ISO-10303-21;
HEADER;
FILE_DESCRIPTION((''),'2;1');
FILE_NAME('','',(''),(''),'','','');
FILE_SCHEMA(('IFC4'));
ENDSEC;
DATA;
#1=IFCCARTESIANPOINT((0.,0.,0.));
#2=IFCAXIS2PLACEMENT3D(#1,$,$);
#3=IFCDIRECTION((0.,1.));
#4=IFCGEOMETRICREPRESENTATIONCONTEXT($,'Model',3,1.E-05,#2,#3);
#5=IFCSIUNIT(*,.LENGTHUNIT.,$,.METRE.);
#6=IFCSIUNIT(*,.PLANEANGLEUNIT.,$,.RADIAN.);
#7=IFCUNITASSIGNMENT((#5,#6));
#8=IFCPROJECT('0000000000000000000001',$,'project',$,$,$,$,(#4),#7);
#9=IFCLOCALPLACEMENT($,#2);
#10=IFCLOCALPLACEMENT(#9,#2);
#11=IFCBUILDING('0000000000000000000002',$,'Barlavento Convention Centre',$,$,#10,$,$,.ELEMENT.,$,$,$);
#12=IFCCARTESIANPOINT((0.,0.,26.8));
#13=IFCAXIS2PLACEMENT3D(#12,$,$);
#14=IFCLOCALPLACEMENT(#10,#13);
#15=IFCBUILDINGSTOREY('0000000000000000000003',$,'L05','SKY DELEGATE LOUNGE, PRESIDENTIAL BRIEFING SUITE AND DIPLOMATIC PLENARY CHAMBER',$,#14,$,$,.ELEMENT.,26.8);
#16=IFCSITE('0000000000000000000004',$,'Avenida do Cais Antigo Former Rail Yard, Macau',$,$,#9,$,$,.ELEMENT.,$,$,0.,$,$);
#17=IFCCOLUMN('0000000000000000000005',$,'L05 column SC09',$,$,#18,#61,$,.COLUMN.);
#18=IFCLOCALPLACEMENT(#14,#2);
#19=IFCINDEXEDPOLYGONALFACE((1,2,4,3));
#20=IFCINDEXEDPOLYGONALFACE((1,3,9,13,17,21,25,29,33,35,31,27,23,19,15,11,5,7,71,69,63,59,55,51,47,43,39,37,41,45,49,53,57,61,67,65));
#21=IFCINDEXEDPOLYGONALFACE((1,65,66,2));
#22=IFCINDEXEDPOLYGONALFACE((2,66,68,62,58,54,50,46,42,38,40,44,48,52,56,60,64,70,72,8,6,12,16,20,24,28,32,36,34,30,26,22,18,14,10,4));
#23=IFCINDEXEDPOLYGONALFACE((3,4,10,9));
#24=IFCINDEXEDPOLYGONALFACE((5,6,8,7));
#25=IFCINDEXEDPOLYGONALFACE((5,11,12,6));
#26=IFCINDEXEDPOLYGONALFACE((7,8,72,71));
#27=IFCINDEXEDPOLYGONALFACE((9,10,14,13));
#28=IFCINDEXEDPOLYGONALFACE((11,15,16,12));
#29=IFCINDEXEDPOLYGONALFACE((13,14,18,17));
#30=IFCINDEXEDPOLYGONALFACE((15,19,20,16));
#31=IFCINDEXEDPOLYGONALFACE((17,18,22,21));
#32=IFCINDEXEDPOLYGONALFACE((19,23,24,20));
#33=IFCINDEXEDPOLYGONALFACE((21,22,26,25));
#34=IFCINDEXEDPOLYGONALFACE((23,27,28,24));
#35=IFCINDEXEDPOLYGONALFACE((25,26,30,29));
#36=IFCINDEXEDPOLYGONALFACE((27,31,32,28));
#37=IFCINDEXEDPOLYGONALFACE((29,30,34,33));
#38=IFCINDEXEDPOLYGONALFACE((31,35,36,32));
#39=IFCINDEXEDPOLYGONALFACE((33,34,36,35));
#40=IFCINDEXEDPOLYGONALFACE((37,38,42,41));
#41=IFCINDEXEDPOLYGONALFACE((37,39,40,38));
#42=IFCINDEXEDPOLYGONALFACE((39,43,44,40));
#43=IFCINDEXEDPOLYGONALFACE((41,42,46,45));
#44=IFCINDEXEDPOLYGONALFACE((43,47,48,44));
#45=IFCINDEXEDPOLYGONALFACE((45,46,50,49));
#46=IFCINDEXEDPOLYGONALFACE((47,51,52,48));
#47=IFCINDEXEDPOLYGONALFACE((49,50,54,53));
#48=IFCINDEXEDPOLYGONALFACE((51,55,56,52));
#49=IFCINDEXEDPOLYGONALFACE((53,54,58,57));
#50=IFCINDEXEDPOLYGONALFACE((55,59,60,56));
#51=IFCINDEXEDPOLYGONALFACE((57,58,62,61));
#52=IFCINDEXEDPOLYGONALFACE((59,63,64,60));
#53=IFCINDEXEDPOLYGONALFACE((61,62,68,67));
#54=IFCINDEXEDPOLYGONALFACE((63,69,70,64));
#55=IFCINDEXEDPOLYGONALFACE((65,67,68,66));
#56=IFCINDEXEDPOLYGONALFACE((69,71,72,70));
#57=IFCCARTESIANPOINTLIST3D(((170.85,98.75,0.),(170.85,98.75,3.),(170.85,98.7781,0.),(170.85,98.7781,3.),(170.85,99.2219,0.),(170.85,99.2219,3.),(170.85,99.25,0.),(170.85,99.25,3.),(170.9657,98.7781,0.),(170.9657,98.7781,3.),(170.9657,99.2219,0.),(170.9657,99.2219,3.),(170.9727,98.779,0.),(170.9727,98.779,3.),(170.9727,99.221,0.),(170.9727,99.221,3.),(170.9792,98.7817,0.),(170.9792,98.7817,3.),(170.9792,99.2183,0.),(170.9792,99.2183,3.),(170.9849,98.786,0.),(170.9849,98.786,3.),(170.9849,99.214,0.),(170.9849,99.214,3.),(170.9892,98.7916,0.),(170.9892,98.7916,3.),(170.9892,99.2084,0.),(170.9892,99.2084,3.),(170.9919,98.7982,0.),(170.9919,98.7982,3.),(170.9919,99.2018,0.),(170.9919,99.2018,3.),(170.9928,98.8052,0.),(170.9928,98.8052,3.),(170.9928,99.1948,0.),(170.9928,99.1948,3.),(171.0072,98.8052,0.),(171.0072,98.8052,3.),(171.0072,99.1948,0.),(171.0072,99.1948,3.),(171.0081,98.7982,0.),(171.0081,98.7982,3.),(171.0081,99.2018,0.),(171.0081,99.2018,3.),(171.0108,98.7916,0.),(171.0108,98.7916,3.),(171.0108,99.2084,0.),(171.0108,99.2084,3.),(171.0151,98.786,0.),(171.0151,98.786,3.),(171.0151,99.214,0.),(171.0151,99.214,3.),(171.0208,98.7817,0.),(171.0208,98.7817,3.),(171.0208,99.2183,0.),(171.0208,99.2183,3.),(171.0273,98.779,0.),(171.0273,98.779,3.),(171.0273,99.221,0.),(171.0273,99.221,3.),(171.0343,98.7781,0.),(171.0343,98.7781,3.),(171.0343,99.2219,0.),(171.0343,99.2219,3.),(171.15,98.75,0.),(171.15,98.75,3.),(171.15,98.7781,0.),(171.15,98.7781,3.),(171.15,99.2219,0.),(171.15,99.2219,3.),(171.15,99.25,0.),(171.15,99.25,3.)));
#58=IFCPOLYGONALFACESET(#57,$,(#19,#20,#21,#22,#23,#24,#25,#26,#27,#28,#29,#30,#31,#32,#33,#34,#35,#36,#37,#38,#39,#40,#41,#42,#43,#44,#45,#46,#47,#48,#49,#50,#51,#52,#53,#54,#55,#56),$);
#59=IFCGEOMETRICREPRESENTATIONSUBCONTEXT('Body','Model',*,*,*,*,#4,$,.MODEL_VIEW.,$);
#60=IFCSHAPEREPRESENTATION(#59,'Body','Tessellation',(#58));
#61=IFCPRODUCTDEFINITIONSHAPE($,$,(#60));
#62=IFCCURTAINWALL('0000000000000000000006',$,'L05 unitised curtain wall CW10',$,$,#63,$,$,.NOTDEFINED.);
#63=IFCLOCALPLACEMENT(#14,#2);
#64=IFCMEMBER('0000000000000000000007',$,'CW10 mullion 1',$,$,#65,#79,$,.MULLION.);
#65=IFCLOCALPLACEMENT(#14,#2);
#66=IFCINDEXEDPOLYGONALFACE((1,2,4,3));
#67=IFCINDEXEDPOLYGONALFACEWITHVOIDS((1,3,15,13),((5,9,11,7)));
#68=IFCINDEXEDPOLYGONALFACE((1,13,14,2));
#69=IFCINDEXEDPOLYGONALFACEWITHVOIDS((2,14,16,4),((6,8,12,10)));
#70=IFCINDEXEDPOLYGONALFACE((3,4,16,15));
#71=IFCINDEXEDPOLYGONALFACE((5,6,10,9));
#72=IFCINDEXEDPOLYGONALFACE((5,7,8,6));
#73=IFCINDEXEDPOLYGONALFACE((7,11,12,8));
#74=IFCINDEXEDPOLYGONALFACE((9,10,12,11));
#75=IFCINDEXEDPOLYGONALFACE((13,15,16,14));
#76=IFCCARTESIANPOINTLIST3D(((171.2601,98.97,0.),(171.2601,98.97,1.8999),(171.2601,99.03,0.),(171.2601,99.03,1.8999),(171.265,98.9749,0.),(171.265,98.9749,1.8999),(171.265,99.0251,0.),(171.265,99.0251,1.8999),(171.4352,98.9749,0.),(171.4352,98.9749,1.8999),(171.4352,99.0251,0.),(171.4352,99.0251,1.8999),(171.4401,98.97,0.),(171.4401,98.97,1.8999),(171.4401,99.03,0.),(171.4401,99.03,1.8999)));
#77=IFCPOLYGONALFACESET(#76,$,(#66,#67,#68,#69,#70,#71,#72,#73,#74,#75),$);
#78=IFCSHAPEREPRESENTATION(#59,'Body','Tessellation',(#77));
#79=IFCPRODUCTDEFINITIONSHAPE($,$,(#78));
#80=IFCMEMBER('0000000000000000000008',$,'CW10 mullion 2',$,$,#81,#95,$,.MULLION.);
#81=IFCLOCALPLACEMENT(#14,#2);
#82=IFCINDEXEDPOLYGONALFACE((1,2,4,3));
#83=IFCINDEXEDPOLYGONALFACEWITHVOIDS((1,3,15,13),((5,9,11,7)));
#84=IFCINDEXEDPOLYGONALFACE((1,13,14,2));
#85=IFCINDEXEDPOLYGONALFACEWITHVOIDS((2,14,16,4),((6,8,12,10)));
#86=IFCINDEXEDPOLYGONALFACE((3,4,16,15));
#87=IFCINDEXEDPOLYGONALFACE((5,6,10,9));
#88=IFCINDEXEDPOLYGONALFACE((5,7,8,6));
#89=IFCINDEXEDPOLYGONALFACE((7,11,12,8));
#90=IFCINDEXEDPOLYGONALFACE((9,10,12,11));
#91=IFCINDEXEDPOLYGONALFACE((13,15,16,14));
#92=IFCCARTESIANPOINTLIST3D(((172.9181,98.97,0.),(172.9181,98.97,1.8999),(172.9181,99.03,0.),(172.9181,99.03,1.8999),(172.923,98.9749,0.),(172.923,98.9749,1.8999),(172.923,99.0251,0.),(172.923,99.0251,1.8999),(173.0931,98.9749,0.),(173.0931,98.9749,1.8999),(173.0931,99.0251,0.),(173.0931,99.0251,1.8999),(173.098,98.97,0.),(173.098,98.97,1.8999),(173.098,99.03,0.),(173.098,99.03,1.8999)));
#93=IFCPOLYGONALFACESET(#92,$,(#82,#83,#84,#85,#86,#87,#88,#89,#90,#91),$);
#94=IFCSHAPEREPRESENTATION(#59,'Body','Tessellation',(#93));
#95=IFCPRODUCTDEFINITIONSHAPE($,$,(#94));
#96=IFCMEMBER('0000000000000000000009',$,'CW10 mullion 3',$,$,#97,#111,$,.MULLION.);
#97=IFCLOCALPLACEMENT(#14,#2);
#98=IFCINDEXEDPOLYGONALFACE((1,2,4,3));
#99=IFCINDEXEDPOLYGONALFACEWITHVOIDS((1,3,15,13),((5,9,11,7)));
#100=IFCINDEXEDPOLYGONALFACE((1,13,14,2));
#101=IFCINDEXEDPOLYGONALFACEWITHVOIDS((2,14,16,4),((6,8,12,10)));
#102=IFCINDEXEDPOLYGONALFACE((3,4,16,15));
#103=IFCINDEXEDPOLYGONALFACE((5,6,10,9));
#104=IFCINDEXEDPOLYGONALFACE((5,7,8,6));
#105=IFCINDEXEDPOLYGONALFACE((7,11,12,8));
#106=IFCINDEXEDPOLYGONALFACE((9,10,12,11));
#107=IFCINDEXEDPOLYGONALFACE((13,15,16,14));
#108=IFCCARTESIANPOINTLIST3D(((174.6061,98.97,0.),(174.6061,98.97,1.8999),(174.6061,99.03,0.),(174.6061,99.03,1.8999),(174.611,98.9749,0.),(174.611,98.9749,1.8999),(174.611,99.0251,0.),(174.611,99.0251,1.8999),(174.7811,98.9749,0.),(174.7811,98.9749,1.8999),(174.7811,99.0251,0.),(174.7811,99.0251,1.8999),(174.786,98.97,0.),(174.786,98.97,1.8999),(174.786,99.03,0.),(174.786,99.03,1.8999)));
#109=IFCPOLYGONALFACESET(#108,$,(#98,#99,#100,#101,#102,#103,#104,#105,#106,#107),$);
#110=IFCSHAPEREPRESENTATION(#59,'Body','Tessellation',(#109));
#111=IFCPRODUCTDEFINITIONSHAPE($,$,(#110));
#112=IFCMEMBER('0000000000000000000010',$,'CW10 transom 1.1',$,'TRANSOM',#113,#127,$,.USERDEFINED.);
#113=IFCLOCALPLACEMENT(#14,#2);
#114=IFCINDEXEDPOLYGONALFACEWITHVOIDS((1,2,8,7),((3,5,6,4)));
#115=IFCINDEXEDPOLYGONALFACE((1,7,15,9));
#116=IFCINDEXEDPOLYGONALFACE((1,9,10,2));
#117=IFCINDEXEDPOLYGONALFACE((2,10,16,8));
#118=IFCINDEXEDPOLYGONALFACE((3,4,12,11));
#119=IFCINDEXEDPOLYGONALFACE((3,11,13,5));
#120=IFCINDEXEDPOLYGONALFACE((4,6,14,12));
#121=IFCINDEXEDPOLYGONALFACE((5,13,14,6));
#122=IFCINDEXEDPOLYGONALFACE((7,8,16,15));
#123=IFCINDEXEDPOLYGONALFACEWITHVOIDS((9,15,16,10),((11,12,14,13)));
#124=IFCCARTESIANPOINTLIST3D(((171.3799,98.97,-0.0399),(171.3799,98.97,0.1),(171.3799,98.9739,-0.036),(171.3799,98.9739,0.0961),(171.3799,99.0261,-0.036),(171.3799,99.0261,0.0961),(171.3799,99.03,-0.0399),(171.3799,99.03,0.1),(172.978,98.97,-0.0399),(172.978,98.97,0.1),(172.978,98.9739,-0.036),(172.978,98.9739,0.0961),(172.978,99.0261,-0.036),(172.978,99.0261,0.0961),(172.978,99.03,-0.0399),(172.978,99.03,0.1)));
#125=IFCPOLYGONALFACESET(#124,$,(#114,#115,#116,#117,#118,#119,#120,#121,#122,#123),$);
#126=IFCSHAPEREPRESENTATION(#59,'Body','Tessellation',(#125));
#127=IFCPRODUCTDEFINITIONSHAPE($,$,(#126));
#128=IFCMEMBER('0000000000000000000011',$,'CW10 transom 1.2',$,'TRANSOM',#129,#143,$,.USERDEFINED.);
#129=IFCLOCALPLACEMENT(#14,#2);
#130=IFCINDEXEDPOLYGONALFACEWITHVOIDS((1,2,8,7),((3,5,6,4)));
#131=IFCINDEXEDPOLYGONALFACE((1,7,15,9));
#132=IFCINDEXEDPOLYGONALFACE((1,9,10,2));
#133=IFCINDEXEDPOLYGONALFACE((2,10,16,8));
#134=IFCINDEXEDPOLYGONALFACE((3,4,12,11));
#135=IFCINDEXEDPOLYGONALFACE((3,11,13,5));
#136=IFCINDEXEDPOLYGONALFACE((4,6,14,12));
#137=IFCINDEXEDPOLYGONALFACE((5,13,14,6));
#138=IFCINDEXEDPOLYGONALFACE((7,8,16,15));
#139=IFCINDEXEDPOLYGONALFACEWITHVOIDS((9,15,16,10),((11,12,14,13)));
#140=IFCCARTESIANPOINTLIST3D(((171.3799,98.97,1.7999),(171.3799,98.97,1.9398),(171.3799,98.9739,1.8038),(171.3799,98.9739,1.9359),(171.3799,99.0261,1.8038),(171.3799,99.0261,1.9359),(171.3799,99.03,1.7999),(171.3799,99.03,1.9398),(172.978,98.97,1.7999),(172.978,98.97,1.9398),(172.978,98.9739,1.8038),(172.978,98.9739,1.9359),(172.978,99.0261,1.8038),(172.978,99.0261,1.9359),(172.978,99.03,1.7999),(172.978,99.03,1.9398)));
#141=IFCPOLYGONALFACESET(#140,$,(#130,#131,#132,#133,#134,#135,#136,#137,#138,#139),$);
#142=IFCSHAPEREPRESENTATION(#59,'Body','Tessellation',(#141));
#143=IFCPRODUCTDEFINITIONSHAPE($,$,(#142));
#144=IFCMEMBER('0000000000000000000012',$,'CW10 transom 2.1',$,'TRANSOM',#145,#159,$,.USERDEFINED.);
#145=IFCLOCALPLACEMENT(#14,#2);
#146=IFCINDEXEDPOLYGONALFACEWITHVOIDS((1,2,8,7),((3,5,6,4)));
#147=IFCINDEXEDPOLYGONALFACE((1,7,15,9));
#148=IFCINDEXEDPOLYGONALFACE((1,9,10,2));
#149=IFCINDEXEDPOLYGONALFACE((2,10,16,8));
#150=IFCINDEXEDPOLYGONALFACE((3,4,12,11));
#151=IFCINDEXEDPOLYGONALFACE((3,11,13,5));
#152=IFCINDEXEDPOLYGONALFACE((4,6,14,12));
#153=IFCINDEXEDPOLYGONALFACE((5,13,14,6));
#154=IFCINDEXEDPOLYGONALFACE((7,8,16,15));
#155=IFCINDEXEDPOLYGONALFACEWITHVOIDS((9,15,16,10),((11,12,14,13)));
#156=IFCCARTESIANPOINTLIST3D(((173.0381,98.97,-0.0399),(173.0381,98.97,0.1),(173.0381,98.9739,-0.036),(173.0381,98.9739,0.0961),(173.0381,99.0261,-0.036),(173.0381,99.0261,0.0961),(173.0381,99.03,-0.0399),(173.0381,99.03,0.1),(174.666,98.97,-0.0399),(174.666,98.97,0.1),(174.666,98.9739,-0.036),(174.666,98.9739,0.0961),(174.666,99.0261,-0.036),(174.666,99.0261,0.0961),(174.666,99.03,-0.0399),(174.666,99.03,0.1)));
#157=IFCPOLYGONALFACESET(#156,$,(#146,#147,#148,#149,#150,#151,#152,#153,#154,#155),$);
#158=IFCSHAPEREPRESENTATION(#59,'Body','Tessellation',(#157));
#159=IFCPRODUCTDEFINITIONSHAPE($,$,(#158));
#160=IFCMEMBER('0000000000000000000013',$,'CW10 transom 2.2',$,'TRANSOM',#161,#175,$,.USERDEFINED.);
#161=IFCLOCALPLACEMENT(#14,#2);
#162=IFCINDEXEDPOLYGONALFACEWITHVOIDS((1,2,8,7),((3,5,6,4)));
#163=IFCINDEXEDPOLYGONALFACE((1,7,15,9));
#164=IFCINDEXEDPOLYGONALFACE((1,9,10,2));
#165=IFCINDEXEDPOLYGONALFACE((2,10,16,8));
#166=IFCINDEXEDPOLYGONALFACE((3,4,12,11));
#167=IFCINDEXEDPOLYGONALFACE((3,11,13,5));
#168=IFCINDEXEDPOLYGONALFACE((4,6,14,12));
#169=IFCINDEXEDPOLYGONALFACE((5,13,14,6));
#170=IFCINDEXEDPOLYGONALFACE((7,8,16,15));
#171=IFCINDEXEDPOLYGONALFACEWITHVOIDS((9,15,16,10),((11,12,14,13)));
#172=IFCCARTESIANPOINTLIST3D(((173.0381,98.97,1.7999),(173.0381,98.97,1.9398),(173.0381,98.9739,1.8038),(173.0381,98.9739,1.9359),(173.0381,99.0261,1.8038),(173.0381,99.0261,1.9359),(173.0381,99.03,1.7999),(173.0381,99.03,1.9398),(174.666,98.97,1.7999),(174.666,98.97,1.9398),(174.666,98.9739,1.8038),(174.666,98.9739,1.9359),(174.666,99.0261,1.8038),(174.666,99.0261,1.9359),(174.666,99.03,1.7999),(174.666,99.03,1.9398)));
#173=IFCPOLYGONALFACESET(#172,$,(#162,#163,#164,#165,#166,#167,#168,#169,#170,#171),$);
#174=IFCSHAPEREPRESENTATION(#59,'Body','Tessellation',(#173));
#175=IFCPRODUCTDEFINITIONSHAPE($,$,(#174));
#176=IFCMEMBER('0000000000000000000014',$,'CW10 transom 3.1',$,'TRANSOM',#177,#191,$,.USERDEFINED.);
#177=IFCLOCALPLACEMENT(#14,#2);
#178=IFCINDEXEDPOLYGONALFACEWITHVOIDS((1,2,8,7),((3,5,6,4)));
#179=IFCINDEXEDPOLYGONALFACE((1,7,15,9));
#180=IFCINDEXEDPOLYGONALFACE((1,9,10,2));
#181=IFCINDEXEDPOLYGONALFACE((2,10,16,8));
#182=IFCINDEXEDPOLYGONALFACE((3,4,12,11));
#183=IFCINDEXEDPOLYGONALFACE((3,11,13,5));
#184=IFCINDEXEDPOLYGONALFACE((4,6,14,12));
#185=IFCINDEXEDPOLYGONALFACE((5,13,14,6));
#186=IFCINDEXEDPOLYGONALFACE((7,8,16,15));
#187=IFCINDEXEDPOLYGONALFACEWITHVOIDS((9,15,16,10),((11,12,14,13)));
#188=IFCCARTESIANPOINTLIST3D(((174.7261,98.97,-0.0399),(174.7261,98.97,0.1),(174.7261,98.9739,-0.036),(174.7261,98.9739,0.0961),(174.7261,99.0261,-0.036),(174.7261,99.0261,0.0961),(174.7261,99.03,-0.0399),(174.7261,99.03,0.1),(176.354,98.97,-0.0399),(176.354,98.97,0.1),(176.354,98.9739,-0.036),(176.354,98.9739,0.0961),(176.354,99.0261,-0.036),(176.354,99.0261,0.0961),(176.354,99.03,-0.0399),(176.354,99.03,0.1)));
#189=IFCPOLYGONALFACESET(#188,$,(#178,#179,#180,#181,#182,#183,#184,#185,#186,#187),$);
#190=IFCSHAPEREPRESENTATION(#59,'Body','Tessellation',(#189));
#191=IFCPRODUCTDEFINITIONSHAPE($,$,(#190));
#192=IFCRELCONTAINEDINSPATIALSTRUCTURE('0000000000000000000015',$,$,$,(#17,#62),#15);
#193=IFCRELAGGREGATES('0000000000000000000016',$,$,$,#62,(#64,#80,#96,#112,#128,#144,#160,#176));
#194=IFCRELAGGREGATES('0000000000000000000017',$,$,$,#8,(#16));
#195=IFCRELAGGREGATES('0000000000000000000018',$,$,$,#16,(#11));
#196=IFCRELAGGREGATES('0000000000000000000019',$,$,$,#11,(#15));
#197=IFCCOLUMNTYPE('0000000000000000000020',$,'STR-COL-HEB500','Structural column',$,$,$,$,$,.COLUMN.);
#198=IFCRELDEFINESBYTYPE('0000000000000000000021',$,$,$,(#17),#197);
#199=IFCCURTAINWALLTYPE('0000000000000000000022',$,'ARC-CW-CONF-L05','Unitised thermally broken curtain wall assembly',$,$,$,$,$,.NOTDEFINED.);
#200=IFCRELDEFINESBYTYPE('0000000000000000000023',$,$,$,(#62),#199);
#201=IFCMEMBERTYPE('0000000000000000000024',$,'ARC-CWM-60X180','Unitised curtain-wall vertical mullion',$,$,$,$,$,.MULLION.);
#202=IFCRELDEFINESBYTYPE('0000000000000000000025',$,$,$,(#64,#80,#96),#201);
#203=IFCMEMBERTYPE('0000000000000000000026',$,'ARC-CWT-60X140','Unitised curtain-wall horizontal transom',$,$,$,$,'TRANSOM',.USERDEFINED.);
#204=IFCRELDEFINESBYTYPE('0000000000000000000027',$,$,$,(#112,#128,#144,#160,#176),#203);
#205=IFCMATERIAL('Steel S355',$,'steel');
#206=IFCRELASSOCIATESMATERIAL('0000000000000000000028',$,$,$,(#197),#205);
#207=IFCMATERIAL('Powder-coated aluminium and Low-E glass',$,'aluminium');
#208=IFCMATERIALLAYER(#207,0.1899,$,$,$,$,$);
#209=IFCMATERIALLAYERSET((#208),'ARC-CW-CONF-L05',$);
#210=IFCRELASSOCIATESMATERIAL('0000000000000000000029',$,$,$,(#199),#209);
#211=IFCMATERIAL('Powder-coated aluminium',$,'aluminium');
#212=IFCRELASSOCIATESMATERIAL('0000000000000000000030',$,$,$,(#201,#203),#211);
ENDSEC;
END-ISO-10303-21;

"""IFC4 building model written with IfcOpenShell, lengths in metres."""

from ifc_helpers import new_model, si_unit, direction, frame, origin, origin_2d, place, context, subcontext, project, spatial, hollow_rectangle, i_section, extrude, material, layer, layer_set, material_profile, profile_set, type_object, element, aggregate, save


model = new_model("IFC4")

# Units and contexts
model_context = context("Model", 3, precision=1e-05, world=origin(), true_north=direction((0.0, 1.0)))
body_context = subcontext(model_context, "Body", "Model", "MODEL_VIEW")
ifc_project = project(units=[si_unit("LENGTHUNIT", "METRE"), si_unit("PLANEANGLEUNIT", "RADIAN")], contexts=[model_context])

# Site, building, storey
site_placement = place(None, origin())
site = spatial("IfcSite", under=ifc_project, at=site_placement, Name="Avenida do Cais Antigo Former Rail Yard, Macau", CompositionType="ELEMENT", RefElevation=0.0)
building_placement = place(site_placement, origin())
building = spatial("IfcBuilding", under=site, at=building_placement, Name="Barlavento Convention Centre", CompositionType="ELEMENT")
storey_placement = place(building_placement, frame((0.0, 0.0, 26.8)))
storey = spatial("IfcBuildingStorey", under=building, at=storey_placement, Name="L05", Description="SKY DELEGATE LOUNGE, PRESIDENTIAL BRIEFING SUITE AND DIPLOMATIC PLENARY CHAMBER", CompositionType="ELEMENT", Elevation=26.8)

# Column
ifc_material_1 = material(Name="Steel S355", Category="steel")
ifc_material_profile_1 = material_profile(ifc_material_1, i_section(OverallWidth=0.3, OverallDepth=0.5, WebThickness=0.0144, FlangeThickness=0.0281, FilletRadius=0.0271, at=origin_2d()), Name="HEB 500")
ifc_profile_set_1 = profile_set([ifc_material_profile_1], Name="Steel S355")
column_type = type_object("IfcColumnType", Name="STR-COL-HEB500", Description="Structural column", PredefinedType="COLUMN", material=ifc_profile_set_1)
column_placement = place(storey_placement, frame((171.0, 99.0, 0.0), z_axis=(0.0, 0.0, 1.0), x_axis=(1.0, 0.0, 0.0)))
element("IfcColumn", 1, at=column_placement, inside=storey, type_object=column_type, Name="L05 column SC09", PredefinedType="COLUMN", context=body_context, shape_type="SweptSolid", body=[
    extrude(i_section(OverallWidth=0.3, OverallDepth=0.5, WebThickness=0.0144, FlangeThickness=0.0281, FilletRadius=0.0271, at=origin_2d()), origin(), (0.0, 0.0, 1.0), 3.0),
])

# Curtain wall, members
ifc_material_2 = material(Name="Powder-coated aluminium and Low-E glass", Category="aluminium")
ifc_layer_1 = layer(ifc_material_2, 0.1899)
ifc_layer_set_1 = layer_set([ifc_layer_1], Name="ARC-CW-CONF-L05")
curtain_wall_type = type_object("IfcCurtainWallType", Name="ARC-CW-CONF-L05", Description="Unitised thermally broken curtain wall assembly", PredefinedType="NOTDEFINED", material=ifc_layer_set_1)
curtain_wall_placement = place(storey_placement, origin())
curtain_wall = element("IfcCurtainWall", 2, at=curtain_wall_placement, inside=storey, type_object=curtain_wall_type, Name="L05 unitised curtain wall CW10", PredefinedType="NOTDEFINED")
ifc_material_3 = material(Name="Powder-coated aluminium", Category="aluminium")
ifc_material_profile_2 = material_profile(ifc_material_3, hollow_rectangle(XDim=0.0601, YDim=0.1799, WallThickness=0.0049, at=origin_2d()), Name="AL-MULL 60x180x5")
ifc_profile_set_2 = profile_set([ifc_material_profile_2], Name="Powder-coated aluminium")
member_type_1 = type_object("IfcMemberType", Name="ARC-CWM-60X180", Description="Unitised curtain-wall vertical mullion", PredefinedType="MULLION", material=ifc_profile_set_2)
member_1_placement = place(storey_placement, frame((171.3501, 99.0, 0.0), z_axis=(0.0, 0.0, 1.0), x_axis=(0.0, 1.0, 0.0)))
member_1 = element("IfcMember", 3, at=member_1_placement, type_object=member_type_1, Name="CW10 mullion 1", PredefinedType="MULLION", context=body_context, shape_type="SweptSolid", body=[
    extrude(hollow_rectangle(XDim=0.0601, YDim=0.1799, WallThickness=0.0049, at=origin_2d()), origin(), (0.0, 0.0, 1.0), 1.8999),
])
member_2_placement = place(storey_placement, frame((173.0081, 99.0, 0.0), z_axis=(0.0, 0.0, 1.0), x_axis=(0.0, 1.0, 0.0)))
member_2 = element("IfcMember", 4, at=member_2_placement, type_object=member_type_1, Name="CW10 mullion 2", PredefinedType="MULLION", context=body_context, shape_type="SweptSolid", body=[
    extrude(hollow_rectangle(XDim=0.0601, YDim=0.1799, WallThickness=0.0049, at=origin_2d()), origin(), (0.0, 0.0, 1.0), 1.8999),
])
member_3_placement = place(storey_placement, frame((174.696, 99.0, 0.0), z_axis=(0.0, 0.0, 1.0), x_axis=(0.0, 1.0, 0.0)))
member_3 = element("IfcMember", 5, at=member_3_placement, type_object=member_type_1, Name="CW10 mullion 3", PredefinedType="MULLION", context=body_context, shape_type="SweptSolid", body=[
    extrude(hollow_rectangle(XDim=0.0601, YDim=0.1799, WallThickness=0.0049, at=origin_2d()), origin(), (0.0, 0.0, 1.0), 1.8999),
])
ifc_material_profile_3 = material_profile(ifc_material_3, hollow_rectangle(XDim=0.0601, YDim=0.1399, WallThickness=0.0039, at=origin_2d()), Name="AL-TRAN 60x140x4")
ifc_profile_set_3 = profile_set([ifc_material_profile_3], Name="Powder-coated aluminium")
member_type_2 = type_object("IfcMemberType", Name="ARC-CWT-60X140", Description="Unitised curtain-wall horizontal transom", ElementType="TRANSOM", PredefinedType="USERDEFINED", material=ifc_profile_set_3)
member_4_placement = place(storey_placement, frame((171.3799, 99.0, 0.03), z_axis=(1.0, 0.0, 0.0), x_axis=(0.0, 1.0, 0.0)))
member_4 = element("IfcMember", 6, at=member_4_placement, type_object=member_type_2, Name="CW10 transom 1.1", ObjectType="TRANSOM", PredefinedType="USERDEFINED", context=body_context, shape_type="SweptSolid", body=[
    extrude(hollow_rectangle(XDim=0.0601, YDim=0.1399, WallThickness=0.0039, at=origin_2d()), origin(), (0.0, 0.0, 1.0), 1.5981),
])
member_5_placement = place(storey_placement, frame((171.3799, 99.0, 1.8699), z_axis=(1.0, 0.0, 0.0), x_axis=(0.0, 1.0, 0.0)))
member_5 = element("IfcMember", 7, at=member_5_placement, type_object=member_type_2, Name="CW10 transom 1.2", ObjectType="TRANSOM", PredefinedType="USERDEFINED", context=body_context, shape_type="SweptSolid", body=[
    extrude(hollow_rectangle(XDim=0.0601, YDim=0.1399, WallThickness=0.0039, at=origin_2d()), origin(), (0.0, 0.0, 1.0), 1.5981),
])
member_6_placement = place(storey_placement, frame((173.0381, 99.0, 0.03), z_axis=(1.0, 0.0, 0.0), x_axis=(0.0, 1.0, 0.0)))
member_6 = element("IfcMember", 8, at=member_6_placement, type_object=member_type_2, Name="CW10 transom 2.1", ObjectType="TRANSOM", PredefinedType="USERDEFINED", context=body_context, shape_type="SweptSolid", body=[
    extrude(hollow_rectangle(XDim=0.0601, YDim=0.1399, WallThickness=0.0039, at=origin_2d()), origin(), (0.0, 0.0, 1.0), 1.6279),
])
member_7_placement = place(storey_placement, frame((173.0381, 99.0, 1.8699), z_axis=(1.0, 0.0, 0.0), x_axis=(0.0, 1.0, 0.0)))
member_7 = element("IfcMember", 9, at=member_7_placement, type_object=member_type_2, Name="CW10 transom 2.2", ObjectType="TRANSOM", PredefinedType="USERDEFINED", context=body_context, shape_type="SweptSolid", body=[
    extrude(hollow_rectangle(XDim=0.0601, YDim=0.1399, WallThickness=0.0039, at=origin_2d()), origin(), (0.0, 0.0, 1.0), 1.6279),
])
member_8_placement = place(storey_placement, frame((174.7261, 99.0, 0.03), z_axis=(1.0, 0.0, 0.0), x_axis=(0.0, 1.0, 0.0)))
member_8 = element("IfcMember", 10, at=member_8_placement, type_object=member_type_2, Name="CW10 transom 3.1", ObjectType="TRANSOM", PredefinedType="USERDEFINED", context=body_context, shape_type="SweptSolid", body=[
    extrude(hollow_rectangle(XDim=0.0601, YDim=0.1399, WallThickness=0.0039, at=origin_2d()), origin(), (0.0, 0.0, 1.0), 1.6279),
])

aggregate(curtain_wall, [member_1, member_2, member_3, member_4, member_5, member_6, member_7, member_8])

save(model, "model.ifc")
